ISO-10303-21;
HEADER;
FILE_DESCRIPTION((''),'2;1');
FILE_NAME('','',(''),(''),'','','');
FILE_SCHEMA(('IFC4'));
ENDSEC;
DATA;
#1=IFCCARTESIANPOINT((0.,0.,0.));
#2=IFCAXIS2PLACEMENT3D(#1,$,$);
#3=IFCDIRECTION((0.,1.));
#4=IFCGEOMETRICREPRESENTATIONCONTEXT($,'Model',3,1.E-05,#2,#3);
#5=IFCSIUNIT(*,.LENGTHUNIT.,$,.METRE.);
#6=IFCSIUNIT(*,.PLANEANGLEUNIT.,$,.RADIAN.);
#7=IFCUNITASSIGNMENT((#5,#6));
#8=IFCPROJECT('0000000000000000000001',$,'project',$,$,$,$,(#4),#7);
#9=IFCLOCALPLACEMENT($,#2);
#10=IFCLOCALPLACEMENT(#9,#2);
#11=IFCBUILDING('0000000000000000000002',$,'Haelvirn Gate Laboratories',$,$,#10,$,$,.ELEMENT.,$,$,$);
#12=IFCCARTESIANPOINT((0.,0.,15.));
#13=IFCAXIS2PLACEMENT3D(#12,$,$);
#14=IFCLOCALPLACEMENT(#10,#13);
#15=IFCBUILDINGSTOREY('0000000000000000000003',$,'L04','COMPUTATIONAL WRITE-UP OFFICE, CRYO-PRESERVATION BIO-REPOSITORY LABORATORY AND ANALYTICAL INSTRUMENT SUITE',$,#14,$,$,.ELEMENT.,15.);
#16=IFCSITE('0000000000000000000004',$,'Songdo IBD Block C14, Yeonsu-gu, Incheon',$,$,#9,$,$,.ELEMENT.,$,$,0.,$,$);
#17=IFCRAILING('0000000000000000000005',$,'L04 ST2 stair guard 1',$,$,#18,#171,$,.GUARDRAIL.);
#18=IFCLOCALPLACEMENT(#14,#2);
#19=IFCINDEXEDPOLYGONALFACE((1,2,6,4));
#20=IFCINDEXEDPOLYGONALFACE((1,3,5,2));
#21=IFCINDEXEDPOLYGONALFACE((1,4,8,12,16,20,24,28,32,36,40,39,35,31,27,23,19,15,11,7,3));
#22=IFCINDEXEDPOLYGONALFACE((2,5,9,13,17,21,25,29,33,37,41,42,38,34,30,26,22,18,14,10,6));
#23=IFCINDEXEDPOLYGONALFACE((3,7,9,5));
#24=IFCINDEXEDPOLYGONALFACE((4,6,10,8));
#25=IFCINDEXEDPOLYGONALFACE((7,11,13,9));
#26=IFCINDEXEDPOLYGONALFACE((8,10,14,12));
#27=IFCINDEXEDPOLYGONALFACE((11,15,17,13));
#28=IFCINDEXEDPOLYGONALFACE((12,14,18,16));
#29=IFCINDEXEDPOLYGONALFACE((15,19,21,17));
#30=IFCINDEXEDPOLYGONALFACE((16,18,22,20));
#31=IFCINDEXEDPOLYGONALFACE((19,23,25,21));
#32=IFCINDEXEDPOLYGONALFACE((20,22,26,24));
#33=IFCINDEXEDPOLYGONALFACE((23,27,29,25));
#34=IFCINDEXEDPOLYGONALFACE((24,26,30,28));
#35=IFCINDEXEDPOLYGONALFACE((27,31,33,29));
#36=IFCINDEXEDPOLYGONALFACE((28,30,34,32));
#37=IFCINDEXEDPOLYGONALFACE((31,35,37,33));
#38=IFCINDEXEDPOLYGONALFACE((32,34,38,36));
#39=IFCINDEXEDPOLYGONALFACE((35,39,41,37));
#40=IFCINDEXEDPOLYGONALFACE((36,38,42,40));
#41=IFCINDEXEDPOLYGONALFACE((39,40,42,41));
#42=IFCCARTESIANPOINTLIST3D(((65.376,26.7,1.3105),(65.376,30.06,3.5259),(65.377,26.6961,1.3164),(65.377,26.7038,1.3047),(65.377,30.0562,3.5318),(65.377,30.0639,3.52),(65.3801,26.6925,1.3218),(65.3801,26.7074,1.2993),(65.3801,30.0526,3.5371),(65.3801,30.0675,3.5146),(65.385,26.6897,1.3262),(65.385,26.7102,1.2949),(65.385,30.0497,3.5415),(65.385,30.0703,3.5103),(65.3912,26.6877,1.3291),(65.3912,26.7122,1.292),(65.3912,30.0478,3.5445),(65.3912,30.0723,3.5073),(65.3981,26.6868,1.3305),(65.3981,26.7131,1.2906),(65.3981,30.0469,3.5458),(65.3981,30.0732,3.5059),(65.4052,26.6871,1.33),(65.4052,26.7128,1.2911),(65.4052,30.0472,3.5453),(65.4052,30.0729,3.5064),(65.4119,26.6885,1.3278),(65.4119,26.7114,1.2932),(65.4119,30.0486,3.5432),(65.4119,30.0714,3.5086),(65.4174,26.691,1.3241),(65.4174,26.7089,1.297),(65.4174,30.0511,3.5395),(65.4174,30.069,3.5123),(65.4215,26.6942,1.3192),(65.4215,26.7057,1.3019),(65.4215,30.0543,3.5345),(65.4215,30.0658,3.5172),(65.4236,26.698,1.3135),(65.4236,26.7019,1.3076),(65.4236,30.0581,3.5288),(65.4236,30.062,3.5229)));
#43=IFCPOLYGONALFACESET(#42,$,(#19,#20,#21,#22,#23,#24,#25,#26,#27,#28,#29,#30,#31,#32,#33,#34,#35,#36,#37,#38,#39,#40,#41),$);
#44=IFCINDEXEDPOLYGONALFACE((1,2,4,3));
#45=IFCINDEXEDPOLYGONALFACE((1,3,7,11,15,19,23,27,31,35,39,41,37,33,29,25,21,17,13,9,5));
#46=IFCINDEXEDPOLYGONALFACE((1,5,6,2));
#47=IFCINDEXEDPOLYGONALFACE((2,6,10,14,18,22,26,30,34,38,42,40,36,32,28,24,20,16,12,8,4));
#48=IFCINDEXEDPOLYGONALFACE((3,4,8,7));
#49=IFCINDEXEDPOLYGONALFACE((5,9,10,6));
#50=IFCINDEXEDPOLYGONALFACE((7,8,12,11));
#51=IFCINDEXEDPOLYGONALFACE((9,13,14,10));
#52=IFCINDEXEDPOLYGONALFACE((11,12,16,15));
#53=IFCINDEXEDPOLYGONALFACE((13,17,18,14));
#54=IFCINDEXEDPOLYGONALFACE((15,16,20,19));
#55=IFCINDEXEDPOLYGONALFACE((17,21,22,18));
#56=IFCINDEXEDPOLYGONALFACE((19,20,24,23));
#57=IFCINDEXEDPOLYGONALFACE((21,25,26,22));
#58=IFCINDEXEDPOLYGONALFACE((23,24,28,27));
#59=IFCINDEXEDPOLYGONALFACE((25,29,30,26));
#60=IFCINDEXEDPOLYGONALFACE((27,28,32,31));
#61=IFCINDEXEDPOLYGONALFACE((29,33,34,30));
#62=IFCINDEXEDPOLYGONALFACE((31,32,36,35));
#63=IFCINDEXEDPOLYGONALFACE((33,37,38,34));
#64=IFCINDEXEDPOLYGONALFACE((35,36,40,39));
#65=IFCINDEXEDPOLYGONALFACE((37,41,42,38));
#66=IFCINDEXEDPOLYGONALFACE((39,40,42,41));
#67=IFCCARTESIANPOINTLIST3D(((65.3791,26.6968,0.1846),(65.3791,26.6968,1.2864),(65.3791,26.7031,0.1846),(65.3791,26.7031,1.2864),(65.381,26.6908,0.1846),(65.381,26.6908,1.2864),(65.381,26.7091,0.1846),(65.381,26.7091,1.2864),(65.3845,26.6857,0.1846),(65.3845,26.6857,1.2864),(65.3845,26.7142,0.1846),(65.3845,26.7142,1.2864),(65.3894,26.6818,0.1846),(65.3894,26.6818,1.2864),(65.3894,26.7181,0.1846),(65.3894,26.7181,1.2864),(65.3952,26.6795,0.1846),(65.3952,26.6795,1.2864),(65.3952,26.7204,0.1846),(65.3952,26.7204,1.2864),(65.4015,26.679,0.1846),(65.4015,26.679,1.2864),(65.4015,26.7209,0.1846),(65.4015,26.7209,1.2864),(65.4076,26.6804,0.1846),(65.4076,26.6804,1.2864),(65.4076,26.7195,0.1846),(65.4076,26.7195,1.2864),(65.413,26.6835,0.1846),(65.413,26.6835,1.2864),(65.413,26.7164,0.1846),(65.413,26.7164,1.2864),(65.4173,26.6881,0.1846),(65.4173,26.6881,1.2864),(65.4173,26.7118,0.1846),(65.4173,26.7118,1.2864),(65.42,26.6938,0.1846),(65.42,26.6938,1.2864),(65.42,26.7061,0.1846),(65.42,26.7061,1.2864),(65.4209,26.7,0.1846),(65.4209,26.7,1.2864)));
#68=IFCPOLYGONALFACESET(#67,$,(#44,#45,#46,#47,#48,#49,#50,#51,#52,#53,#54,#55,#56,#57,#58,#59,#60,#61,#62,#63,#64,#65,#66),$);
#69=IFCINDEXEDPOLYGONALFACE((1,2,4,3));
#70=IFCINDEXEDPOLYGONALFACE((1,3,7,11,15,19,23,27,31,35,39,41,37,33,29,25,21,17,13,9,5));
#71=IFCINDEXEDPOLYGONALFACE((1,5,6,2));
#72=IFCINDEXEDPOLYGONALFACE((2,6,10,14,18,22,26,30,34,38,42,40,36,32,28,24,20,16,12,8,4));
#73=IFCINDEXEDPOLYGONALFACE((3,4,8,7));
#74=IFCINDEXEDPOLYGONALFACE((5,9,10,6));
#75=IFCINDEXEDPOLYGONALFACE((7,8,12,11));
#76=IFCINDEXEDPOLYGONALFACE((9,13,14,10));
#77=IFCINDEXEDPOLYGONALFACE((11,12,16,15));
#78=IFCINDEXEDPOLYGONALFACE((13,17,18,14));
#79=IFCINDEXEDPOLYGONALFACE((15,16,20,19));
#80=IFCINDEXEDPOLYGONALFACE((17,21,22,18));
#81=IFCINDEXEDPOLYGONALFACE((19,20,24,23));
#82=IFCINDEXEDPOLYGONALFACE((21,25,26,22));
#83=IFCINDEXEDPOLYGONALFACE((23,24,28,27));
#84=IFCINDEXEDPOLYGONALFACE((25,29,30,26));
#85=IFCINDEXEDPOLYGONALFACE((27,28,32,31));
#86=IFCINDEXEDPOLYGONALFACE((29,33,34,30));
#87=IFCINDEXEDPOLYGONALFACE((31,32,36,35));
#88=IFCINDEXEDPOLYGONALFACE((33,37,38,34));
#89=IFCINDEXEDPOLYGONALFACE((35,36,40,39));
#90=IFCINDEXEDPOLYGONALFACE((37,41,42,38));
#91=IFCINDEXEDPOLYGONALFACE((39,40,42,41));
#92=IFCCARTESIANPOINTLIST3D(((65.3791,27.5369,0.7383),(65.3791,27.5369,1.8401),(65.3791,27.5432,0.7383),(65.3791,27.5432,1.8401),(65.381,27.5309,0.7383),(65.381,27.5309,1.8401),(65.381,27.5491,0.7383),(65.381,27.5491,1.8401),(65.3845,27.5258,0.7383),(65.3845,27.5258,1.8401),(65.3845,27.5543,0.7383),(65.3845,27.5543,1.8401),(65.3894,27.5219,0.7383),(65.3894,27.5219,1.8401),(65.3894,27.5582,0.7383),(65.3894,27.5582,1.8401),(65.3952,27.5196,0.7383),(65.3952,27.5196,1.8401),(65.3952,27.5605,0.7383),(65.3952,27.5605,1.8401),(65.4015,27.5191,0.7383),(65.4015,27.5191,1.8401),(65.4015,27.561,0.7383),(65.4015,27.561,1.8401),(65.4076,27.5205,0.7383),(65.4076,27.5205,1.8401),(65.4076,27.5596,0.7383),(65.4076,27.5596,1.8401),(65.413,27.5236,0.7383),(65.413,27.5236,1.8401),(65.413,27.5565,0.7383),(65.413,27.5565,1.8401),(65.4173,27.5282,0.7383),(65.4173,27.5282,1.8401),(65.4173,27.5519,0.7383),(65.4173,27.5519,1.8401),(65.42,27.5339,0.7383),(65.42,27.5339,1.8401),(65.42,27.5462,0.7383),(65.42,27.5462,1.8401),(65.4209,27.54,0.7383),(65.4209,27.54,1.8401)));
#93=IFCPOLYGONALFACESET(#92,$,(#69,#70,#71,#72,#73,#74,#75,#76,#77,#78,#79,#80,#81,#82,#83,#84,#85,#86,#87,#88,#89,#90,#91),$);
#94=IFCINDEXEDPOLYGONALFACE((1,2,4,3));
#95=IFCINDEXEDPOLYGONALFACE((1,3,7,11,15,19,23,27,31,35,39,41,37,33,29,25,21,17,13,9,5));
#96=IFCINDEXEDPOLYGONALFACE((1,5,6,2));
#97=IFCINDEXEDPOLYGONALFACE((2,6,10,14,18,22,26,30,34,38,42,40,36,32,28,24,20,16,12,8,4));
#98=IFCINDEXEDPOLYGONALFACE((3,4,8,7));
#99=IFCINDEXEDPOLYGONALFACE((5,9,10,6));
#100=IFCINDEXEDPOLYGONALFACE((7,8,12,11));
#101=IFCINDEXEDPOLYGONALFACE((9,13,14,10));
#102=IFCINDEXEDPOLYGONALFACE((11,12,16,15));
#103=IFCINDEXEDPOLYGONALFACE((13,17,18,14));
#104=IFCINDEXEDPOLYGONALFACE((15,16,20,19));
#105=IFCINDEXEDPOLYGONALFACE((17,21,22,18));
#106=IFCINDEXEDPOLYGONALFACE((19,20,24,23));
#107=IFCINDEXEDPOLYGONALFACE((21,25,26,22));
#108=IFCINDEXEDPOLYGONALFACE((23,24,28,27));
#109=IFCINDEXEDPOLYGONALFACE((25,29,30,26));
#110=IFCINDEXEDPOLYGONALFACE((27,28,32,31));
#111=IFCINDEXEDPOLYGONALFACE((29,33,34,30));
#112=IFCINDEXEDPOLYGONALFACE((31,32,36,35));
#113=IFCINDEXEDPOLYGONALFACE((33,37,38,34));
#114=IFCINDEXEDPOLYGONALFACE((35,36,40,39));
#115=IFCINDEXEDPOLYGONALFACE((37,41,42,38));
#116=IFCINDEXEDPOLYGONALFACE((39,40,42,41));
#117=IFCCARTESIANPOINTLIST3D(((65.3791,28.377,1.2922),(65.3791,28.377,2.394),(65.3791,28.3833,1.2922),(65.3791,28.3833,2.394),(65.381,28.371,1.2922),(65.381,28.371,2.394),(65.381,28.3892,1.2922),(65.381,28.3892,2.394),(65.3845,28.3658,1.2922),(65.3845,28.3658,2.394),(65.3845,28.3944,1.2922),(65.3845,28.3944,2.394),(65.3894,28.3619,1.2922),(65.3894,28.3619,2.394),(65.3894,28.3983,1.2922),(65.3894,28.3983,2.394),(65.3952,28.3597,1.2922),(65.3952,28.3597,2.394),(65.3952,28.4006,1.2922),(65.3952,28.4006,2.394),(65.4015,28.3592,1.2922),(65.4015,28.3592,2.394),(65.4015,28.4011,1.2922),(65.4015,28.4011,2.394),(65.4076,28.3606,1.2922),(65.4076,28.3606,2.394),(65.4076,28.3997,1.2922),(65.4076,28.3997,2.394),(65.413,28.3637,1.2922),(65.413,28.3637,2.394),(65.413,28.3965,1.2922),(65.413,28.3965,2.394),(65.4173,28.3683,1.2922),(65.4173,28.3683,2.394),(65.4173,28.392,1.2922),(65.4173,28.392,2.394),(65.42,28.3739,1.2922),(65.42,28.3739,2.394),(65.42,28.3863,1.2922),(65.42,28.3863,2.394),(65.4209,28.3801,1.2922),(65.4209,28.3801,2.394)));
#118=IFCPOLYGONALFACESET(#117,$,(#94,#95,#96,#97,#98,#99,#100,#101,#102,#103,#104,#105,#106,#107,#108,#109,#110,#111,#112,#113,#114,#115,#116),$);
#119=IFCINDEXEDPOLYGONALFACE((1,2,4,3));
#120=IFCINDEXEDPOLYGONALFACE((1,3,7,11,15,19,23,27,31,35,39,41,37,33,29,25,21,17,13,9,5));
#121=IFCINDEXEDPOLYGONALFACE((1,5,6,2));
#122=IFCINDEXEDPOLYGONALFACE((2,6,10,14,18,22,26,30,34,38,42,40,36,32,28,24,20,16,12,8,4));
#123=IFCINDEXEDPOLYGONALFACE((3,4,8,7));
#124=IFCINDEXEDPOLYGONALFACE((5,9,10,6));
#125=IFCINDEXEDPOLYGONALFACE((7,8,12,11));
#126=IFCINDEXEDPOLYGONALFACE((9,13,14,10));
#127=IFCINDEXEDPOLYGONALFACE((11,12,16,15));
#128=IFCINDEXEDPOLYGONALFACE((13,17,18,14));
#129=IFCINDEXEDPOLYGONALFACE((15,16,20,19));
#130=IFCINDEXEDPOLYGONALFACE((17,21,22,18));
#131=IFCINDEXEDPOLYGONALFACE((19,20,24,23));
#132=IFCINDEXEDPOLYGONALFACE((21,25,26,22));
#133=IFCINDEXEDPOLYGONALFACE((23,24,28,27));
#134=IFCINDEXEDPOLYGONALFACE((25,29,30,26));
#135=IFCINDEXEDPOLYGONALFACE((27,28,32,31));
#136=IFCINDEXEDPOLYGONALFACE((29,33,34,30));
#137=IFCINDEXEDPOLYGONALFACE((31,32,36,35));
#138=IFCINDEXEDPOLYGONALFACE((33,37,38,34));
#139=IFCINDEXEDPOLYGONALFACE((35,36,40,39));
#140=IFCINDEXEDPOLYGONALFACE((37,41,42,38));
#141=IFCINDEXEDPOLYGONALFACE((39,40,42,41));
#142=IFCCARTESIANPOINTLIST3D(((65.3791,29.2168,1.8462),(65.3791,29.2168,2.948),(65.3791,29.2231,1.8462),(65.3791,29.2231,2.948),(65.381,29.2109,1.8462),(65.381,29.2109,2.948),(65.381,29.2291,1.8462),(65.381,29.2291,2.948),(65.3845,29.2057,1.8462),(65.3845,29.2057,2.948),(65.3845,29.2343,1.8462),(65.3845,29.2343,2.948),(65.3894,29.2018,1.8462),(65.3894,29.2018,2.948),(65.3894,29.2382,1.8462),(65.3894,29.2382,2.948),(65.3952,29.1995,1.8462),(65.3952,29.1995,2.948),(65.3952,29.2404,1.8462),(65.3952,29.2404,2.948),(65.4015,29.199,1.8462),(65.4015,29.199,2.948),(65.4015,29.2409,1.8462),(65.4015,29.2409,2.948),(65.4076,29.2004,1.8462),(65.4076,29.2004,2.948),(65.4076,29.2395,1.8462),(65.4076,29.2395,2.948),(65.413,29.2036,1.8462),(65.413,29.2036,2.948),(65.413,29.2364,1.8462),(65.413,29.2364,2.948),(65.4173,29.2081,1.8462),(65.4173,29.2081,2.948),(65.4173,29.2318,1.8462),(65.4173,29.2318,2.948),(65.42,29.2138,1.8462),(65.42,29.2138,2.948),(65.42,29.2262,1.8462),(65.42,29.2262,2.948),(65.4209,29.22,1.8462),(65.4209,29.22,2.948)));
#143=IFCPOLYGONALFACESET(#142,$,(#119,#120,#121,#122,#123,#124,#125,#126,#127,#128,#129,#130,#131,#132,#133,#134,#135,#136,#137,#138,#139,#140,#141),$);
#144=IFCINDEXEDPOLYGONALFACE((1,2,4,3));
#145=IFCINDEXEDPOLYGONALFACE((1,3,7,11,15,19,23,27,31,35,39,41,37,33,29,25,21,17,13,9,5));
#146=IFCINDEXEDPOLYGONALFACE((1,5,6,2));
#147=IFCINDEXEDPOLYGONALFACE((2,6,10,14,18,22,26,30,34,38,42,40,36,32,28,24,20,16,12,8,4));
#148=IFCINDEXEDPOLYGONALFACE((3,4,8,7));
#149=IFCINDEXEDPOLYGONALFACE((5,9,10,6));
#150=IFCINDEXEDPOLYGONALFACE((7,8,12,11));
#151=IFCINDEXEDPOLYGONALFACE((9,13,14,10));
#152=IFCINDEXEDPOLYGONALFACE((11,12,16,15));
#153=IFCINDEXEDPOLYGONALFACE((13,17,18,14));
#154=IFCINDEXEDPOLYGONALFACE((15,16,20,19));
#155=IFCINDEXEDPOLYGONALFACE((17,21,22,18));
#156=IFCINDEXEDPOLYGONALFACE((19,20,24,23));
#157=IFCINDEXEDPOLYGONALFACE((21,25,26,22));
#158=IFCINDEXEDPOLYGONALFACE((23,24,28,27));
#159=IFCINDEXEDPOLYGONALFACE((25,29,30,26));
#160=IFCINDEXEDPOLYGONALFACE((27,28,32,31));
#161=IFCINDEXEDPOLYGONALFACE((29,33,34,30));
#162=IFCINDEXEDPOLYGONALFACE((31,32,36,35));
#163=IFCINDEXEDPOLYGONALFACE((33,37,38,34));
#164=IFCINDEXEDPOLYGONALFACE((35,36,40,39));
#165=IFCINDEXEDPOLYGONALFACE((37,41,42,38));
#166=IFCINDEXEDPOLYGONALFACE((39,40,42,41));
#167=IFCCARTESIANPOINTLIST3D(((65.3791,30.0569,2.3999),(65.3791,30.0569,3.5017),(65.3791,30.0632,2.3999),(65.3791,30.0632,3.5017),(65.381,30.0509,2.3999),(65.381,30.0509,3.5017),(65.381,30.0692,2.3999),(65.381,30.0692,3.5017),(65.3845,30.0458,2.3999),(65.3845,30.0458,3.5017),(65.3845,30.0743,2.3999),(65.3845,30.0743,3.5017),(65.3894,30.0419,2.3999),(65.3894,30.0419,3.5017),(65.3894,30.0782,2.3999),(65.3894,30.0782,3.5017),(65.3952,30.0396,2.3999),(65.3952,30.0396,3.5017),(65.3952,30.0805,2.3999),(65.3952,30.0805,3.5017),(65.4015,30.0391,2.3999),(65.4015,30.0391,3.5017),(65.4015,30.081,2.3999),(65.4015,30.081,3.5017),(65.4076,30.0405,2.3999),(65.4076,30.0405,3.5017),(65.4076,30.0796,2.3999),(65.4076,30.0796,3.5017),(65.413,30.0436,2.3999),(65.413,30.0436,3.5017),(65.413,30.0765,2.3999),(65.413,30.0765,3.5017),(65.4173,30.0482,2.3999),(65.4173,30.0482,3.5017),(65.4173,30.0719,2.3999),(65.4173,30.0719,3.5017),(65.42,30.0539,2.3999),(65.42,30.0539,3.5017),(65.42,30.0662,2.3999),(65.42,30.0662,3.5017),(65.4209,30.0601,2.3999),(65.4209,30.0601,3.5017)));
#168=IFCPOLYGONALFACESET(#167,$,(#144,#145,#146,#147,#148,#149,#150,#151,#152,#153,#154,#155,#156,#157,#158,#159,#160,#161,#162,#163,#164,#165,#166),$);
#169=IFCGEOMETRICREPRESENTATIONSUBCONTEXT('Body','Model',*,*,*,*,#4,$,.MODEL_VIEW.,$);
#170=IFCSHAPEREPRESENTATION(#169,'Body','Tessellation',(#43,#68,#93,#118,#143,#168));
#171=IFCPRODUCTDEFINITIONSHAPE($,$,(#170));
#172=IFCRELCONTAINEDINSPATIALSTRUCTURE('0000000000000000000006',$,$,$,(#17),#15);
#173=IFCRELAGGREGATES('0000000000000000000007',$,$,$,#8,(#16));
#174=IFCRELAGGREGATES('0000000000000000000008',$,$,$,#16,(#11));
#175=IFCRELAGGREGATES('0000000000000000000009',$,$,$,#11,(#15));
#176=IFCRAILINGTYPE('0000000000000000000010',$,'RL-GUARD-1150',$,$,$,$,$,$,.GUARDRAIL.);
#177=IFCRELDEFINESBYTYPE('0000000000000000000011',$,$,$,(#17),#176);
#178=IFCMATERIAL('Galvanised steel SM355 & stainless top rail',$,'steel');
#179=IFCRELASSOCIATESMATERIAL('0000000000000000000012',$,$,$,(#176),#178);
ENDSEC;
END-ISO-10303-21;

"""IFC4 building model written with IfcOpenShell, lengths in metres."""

from ifc_helpers import new_model, si_unit, direction, frame, origin, origin_2d, place, context, subcontext, project, spatial, circle, extrude, source, transform, mapped, material, type_object, element, save


model = new_model("IFC4")

# Units and contexts
model_context = context("Model", 3, precision=1e-05, world=origin(), true_north=direction((0.0, 1.0)))
body_context = subcontext(model_context, "Body", "Model", "MODEL_VIEW")
ifc_project = project(units=[si_unit("LENGTHUNIT", "METRE"), si_unit("PLANEANGLEUNIT", "RADIAN")], contexts=[model_context])

# Site, building, storey
site_placement = place(None, origin())
site = spatial("IfcSite", under=ifc_project, at=site_placement, Name="Songdo IBD Block C14, Yeonsu-gu, Incheon", CompositionType="ELEMENT", RefElevation=0.0)
building_placement = place(site_placement, origin())
building = spatial("IfcBuilding", under=site, at=building_placement, Name="Haelvirn Gate Laboratories", CompositionType="ELEMENT")
storey_placement = place(building_placement, frame((0.0, 0.0, 15.0)))
storey = spatial("IfcBuildingStorey", under=building, at=storey_placement, Name="L04", Description="COMPUTATIONAL WRITE-UP OFFICE, CRYO-PRESERVATION BIO-REPOSITORY LABORATORY AND ANALYTICAL INSTRUMENT SUITE", CompositionType="ELEMENT", Elevation=15.0)

# Railing
ifc_material_1 = material(Name="Galvanised steel SM355 & stainless top rail", Category="steel")
railing_type_1 = type_object("IfcRailingType", Name="RL-GUARD-1150", PredefinedType="GUARDRAIL", material=ifc_material_1)
shared_shape_1 = source(origin(), body_context, "Body", "SweptSolid", [
    extrude(circle(Radius=0.0239, at=origin_2d()), frame((0.0, 0.0, 1.126), z_axis=(0.0, 0.834876, 0.550437), x_axis=(-1.0, 0.0, 0.0)), (0.0, 0.0, 1.0), 4.0247),
    extrude(circle(Radius=0.021, at=origin_2d()), origin(), (0.0, 0.0, 1.0), 1.1018),
    extrude(circle(Radius=0.021, at=origin_2d()), frame((0.0, 0.8401, 0.5537)), (0.0, 0.0, 1.0), 1.1018),
    extrude(circle(Radius=0.021, at=origin_2d()), frame((0.0, 1.6802, 1.1077)), (0.0, 0.0, 1.0), 1.1018),
    extrude(circle(Radius=0.021, at=origin_2d()), frame((0.0, 2.52, 1.6616)), (0.0, 0.0, 1.0), 1.1018),
    extrude(circle(Radius=0.021, at=origin_2d()), frame((0.0, 3.3601, 2.2153)), (0.0, 0.0, 1.0), 1.1018),
])
railing_1_placement = place(storey_placement, frame((65.3999, 26.7, 0.1846)))
element("IfcRailing", 1, at=railing_1_placement, inside=storey, type_object=railing_type_1, Name="L04 ST2 stair guard 1", PredefinedType="GUARDRAIL", context=body_context, shape_type="MappedRepresentation", body=[
    mapped(shared_shape_1, transform((0.0, 0.0, 0.0), scale=1.0)),
])

save(model, "model.ifc")
